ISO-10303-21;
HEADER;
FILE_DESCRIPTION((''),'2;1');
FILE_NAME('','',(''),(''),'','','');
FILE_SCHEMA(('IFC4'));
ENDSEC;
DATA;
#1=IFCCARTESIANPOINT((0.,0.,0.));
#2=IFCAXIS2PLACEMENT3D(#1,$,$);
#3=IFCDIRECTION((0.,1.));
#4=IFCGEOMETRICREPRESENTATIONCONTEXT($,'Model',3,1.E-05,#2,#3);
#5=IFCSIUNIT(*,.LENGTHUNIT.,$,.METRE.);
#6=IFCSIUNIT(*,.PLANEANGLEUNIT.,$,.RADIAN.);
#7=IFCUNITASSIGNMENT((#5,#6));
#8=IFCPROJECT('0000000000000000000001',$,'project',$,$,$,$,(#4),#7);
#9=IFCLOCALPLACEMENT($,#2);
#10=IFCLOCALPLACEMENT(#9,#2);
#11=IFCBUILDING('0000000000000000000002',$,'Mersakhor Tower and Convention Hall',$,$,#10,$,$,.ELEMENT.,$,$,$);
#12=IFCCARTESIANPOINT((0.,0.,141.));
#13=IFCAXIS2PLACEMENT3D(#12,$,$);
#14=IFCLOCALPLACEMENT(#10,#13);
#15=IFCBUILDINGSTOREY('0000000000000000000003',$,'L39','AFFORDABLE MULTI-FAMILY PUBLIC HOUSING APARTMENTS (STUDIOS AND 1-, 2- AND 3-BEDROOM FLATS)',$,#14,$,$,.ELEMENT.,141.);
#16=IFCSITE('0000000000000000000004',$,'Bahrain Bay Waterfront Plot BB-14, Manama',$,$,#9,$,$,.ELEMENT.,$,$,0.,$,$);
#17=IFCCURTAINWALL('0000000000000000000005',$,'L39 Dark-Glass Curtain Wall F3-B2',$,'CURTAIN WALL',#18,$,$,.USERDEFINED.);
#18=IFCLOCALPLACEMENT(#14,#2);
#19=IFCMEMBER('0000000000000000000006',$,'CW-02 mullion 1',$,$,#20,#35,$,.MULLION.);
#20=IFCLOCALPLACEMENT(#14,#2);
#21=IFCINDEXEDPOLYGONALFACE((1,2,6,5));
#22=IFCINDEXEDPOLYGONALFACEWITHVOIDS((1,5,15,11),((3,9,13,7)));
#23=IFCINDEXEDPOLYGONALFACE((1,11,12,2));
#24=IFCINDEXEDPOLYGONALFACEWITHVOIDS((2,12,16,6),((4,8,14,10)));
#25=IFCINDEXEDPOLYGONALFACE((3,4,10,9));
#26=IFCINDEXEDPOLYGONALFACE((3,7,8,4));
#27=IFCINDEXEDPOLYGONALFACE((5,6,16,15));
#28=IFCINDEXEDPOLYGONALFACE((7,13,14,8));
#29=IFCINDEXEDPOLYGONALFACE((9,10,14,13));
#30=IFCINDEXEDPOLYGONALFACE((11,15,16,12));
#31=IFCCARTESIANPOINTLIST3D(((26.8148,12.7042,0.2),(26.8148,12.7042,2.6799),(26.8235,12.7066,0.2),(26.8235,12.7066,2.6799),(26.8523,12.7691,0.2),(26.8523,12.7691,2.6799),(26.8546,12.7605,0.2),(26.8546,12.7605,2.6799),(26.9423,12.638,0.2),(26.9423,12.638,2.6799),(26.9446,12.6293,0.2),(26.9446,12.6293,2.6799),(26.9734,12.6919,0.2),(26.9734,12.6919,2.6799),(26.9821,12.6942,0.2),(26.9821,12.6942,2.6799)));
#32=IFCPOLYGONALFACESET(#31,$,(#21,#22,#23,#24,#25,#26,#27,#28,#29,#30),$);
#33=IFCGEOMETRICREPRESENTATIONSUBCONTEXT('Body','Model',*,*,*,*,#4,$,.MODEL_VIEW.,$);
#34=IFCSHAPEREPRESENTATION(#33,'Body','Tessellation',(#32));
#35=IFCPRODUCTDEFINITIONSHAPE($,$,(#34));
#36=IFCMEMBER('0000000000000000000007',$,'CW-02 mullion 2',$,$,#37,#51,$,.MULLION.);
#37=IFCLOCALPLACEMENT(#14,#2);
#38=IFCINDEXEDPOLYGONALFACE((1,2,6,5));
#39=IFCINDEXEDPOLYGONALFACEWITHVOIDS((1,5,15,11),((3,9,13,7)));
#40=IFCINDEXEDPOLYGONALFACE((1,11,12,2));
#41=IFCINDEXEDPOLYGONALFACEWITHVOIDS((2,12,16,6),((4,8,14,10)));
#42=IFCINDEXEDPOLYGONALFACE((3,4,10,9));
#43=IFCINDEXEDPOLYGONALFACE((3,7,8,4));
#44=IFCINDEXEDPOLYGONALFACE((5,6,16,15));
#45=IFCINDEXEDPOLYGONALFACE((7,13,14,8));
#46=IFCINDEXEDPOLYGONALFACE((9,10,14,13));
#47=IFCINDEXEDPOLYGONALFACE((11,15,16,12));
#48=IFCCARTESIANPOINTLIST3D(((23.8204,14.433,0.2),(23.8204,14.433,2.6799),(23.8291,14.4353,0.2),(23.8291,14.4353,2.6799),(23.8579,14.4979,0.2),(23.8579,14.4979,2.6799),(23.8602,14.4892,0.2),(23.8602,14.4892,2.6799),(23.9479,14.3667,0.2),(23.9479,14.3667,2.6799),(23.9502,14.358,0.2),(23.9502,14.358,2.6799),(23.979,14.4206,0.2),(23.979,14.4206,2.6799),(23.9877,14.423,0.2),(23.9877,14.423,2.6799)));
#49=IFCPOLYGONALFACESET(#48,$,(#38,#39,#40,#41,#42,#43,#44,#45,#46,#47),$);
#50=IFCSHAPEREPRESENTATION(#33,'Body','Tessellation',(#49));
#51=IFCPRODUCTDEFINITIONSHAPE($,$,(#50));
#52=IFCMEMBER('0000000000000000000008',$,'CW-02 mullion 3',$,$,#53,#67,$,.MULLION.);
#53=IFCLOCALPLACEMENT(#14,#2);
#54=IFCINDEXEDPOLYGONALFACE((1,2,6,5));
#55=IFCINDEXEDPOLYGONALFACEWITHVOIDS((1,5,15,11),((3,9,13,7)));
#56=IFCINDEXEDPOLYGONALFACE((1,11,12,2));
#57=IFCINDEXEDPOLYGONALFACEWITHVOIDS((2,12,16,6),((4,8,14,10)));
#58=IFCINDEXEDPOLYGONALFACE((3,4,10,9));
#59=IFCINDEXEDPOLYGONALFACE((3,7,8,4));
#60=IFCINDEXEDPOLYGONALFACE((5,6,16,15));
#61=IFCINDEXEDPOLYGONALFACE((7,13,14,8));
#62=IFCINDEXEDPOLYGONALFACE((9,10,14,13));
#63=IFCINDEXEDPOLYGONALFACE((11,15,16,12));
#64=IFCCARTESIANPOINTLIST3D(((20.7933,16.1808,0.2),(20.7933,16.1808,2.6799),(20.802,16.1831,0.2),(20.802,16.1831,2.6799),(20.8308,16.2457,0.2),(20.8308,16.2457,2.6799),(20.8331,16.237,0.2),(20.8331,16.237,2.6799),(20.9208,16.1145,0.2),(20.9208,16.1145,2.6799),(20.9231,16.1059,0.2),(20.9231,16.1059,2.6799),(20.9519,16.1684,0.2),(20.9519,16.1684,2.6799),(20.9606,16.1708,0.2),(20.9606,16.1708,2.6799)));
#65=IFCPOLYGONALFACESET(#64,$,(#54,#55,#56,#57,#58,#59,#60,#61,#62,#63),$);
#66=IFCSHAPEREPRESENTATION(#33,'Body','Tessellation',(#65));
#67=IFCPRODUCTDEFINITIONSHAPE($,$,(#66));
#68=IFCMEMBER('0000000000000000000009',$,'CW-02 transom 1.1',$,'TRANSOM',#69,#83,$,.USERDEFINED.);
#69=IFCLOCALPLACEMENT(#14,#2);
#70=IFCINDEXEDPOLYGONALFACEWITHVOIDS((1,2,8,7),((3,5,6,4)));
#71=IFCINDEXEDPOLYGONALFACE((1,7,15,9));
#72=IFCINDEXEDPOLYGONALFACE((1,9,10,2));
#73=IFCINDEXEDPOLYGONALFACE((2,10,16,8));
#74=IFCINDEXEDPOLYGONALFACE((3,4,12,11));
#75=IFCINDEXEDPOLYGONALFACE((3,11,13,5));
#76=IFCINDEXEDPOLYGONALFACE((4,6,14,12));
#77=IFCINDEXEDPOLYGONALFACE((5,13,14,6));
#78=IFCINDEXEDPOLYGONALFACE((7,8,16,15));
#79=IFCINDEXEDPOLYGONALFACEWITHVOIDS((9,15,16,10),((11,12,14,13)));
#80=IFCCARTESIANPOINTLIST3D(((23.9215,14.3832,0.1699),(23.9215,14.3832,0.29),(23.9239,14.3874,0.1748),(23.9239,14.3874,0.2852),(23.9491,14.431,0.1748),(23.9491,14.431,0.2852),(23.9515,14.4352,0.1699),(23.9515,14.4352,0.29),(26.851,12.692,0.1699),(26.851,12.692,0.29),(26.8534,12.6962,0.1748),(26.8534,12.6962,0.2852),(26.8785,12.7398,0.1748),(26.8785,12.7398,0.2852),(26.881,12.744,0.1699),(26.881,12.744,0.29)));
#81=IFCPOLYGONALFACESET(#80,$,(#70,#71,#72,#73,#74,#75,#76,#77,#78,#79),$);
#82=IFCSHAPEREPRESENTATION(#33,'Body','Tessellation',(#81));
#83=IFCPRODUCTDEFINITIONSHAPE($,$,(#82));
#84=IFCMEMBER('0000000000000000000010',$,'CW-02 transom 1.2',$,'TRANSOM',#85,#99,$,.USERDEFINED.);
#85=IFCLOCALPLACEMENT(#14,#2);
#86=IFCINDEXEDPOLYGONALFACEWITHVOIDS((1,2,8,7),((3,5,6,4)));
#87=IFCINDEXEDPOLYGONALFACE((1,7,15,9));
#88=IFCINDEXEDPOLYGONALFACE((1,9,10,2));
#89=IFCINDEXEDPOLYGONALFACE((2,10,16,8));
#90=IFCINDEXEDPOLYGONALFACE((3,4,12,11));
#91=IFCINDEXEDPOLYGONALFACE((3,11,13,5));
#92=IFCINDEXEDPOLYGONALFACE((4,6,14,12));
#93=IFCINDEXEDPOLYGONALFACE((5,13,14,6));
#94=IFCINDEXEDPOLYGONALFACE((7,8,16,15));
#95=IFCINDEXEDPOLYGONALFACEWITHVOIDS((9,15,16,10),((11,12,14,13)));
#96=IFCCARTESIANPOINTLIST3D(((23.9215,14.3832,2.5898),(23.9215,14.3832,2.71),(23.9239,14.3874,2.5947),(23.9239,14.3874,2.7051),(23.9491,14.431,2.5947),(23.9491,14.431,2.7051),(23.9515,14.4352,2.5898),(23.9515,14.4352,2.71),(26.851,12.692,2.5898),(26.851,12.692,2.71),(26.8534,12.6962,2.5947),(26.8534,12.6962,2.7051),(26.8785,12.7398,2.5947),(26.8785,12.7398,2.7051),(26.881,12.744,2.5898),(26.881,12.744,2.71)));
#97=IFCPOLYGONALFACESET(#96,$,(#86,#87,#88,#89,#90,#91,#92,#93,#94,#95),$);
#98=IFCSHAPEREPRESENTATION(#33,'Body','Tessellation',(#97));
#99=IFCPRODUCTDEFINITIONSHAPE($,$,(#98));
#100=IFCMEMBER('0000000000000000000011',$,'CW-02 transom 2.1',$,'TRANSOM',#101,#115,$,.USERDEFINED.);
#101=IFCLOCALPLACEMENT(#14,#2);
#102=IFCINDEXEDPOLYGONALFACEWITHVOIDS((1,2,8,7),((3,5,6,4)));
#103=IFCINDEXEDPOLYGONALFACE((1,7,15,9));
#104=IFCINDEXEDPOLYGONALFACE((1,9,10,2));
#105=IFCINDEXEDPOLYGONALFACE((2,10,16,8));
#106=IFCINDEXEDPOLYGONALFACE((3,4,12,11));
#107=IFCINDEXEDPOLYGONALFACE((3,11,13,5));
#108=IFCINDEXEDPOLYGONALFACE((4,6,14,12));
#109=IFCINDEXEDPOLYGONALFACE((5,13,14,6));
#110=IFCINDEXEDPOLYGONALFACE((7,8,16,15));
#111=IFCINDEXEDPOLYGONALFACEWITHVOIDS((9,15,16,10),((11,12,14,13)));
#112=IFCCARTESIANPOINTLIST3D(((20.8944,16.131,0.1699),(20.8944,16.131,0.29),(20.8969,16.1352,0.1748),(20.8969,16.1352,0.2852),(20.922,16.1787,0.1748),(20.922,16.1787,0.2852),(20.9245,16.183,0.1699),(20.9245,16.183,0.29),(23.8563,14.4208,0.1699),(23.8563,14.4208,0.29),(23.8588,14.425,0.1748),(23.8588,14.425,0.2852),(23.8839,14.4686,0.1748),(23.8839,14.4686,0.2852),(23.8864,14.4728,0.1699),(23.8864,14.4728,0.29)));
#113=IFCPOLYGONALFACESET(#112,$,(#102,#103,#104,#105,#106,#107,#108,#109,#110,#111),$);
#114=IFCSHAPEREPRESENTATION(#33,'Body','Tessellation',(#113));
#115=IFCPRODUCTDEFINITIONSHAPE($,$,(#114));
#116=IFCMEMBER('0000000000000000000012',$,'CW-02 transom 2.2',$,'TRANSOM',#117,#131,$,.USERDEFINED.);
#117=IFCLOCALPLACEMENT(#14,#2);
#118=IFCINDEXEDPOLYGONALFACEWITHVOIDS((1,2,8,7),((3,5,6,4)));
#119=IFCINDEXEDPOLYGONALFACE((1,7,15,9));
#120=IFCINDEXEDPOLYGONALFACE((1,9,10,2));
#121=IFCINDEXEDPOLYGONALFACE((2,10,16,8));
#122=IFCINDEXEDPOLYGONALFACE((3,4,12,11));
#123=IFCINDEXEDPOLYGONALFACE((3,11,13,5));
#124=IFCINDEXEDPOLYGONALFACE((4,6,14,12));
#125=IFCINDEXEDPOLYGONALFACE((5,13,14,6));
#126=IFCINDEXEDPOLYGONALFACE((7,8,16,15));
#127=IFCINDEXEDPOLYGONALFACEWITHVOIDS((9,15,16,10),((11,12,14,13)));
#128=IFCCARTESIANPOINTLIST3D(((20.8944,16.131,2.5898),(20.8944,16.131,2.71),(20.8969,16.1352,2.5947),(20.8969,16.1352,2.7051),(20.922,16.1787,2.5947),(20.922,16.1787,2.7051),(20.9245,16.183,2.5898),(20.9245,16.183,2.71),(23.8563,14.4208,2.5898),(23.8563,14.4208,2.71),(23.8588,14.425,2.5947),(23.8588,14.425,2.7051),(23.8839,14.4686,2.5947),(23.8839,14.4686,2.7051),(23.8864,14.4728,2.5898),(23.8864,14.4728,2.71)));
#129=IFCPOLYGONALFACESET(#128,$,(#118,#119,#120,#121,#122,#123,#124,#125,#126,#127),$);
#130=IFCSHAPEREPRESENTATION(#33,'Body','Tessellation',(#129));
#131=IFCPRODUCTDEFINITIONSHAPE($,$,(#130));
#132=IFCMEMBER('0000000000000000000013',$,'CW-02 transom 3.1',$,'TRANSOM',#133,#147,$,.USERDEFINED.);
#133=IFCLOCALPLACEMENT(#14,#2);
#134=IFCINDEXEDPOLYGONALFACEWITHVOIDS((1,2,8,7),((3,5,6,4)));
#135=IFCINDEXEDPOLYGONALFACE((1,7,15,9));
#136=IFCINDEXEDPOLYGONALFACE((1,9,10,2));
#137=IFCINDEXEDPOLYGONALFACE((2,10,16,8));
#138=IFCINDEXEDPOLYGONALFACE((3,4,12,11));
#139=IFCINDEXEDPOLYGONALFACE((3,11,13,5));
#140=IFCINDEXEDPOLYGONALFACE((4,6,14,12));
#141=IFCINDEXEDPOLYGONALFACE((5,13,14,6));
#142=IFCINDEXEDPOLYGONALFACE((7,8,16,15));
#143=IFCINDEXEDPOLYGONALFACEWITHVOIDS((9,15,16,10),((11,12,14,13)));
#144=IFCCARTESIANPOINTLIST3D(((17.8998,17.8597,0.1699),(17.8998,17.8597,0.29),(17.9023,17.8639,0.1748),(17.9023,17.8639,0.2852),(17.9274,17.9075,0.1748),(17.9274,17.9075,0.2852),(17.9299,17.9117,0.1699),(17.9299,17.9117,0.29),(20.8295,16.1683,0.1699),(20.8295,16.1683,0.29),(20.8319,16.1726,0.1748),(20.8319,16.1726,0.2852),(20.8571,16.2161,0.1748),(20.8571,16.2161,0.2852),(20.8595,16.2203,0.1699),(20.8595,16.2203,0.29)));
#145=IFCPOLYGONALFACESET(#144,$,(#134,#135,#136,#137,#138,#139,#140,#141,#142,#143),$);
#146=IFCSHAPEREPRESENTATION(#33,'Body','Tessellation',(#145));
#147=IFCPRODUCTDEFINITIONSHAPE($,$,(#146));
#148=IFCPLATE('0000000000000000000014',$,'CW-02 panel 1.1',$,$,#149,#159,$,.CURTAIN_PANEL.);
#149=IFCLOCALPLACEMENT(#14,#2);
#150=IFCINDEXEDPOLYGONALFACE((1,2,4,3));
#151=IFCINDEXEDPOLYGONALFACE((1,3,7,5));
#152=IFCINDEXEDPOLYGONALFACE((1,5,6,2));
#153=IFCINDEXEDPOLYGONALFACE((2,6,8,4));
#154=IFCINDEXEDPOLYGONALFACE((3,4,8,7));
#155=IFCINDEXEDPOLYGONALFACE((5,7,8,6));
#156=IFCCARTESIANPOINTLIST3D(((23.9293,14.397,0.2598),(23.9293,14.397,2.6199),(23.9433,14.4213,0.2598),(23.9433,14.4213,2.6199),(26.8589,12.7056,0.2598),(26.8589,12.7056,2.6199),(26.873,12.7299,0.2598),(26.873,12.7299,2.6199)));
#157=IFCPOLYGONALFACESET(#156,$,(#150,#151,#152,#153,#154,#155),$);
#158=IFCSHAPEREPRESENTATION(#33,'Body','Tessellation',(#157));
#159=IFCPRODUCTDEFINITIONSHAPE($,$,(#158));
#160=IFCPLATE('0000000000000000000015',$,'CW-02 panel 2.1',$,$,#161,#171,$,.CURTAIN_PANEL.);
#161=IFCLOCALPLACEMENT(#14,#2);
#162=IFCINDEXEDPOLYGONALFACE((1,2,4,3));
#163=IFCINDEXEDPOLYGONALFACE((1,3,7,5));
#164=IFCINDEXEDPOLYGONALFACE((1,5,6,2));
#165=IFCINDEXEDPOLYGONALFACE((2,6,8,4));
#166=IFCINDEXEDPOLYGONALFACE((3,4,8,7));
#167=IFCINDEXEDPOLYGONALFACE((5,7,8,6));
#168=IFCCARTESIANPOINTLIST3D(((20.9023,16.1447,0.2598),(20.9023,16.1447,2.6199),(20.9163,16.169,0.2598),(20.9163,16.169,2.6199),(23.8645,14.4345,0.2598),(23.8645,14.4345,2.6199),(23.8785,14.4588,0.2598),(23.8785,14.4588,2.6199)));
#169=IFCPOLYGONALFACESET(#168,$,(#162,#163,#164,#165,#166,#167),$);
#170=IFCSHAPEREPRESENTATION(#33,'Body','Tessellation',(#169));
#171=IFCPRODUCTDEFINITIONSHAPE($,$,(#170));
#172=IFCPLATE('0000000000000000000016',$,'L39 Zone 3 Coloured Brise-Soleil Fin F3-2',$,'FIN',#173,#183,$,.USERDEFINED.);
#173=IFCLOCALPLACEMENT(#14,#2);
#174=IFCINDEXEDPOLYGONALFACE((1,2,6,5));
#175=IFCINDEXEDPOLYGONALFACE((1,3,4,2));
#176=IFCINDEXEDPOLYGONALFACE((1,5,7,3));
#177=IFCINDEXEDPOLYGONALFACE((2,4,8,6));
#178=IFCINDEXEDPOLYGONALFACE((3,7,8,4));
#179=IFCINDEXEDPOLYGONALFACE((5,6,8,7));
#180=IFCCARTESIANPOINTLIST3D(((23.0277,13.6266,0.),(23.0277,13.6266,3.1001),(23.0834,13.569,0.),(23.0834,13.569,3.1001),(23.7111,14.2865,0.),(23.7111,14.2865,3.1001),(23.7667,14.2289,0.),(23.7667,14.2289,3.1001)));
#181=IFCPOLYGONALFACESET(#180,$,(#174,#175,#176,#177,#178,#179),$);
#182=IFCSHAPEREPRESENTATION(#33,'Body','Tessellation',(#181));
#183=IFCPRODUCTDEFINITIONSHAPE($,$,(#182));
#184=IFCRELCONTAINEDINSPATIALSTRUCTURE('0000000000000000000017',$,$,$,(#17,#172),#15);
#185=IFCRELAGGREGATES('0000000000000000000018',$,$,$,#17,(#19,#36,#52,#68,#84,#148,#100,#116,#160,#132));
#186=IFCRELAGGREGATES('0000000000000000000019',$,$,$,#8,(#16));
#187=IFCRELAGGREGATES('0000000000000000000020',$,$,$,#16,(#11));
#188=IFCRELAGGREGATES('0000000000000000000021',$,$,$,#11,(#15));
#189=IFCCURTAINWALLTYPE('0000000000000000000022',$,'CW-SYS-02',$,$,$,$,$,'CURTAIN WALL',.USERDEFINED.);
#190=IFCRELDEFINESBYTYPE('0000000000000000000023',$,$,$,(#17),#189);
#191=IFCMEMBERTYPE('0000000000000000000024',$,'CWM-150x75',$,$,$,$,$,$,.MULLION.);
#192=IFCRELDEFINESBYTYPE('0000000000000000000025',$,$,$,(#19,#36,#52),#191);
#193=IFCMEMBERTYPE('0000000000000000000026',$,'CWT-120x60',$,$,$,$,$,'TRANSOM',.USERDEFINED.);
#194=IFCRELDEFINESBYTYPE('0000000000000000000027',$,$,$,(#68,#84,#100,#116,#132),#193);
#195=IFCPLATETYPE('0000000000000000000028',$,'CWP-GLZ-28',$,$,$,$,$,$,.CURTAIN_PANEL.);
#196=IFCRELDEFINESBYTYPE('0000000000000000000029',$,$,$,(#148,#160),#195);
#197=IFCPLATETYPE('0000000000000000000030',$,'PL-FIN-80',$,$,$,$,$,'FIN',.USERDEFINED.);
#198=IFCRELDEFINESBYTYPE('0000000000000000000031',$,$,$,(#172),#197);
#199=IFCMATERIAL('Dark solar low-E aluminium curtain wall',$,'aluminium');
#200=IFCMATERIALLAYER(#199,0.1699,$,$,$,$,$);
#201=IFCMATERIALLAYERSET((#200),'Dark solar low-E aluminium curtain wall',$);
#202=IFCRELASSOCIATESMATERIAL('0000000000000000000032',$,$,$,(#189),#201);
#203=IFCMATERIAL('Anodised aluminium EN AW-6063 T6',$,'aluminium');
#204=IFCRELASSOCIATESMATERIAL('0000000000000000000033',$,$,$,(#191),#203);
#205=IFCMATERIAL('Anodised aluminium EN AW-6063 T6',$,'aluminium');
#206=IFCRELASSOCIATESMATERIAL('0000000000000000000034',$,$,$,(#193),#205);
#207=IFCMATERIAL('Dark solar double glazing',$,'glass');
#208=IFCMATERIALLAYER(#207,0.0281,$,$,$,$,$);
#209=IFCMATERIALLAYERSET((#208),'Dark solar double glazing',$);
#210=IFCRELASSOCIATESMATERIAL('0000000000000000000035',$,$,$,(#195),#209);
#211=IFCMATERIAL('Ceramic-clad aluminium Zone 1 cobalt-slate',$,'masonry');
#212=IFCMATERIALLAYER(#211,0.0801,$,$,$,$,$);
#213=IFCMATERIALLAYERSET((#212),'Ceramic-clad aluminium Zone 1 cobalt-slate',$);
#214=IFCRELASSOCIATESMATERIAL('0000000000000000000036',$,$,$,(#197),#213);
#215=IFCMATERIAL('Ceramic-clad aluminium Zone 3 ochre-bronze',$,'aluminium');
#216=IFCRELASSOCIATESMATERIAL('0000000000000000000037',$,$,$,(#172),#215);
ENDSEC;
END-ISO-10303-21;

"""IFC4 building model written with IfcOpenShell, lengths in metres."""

from ifc_helpers import new_model, si_unit, direction, frame, origin, origin_2d, place, context, subcontext, project, spatial, rectangle, hollow_rectangle, extrude, material, layer, layer_set, material_profile, profile_set, type_object, element, aggregate, save


model = new_model("IFC4")

# Units and contexts
model_context = context("Model", 3, precision=1e-05, world=origin(), true_north=direction((0.0, 1.0)))
body_context = subcontext(model_context, "Body", "Model", "MODEL_VIEW")
ifc_project = project(units=[si_unit("LENGTHUNIT", "METRE"), si_unit("PLANEANGLEUNIT", "RADIAN")], contexts=[model_context])

# Site, building, storey
site_placement = place(None, origin())
site = spatial("IfcSite", under=ifc_project, at=site_placement, Name="Bahrain Bay Waterfront Plot BB-14, Manama", CompositionType="ELEMENT", RefElevation=0.0)
building_placement = place(site_placement, origin())
building = spatial("IfcBuilding", under=site, at=building_placement, Name="Mersakhor Tower and Convention Hall", CompositionType="ELEMENT")
storey_placement = place(building_placement, frame((0.0, 0.0, 141.0)))
storey = spatial("IfcBuildingStorey", under=building, at=storey_placement, Name="L39", Description="AFFORDABLE MULTI-FAMILY PUBLIC HOUSING APARTMENTS (STUDIOS AND 1-, 2- AND 3-BEDROOM FLATS)", CompositionType="ELEMENT", Elevation=141.0)

# Curtain wall, members, plates
ifc_material_1 = material(Name="Dark solar low-E aluminium curtain wall", Category="aluminium")
ifc_layer_1 = layer(ifc_material_1, 0.1699)
ifc_layer_set_1 = layer_set([ifc_layer_1], Name="Dark solar low-E aluminium curtain wall")
curtain_wall_type = type_object("IfcCurtainWallType", Name="CW-SYS-02", ElementType="CURTAIN WALL", PredefinedType="USERDEFINED", material=ifc_layer_set_1)
curtain_wall_placement = place(storey_placement, origin())
curtain_wall = element("IfcCurtainWall", 1, at=curtain_wall_placement, inside=storey, type_object=curtain_wall_type, Name="L39 Dark-Glass Curtain Wall F3-B2", ObjectType="CURTAIN WALL", PredefinedType="USERDEFINED")
ifc_material_2 = material(Name="Anodised aluminium EN AW-6063 T6", Category="aluminium")
ifc_material_profile_1 = material_profile(ifc_material_2, hollow_rectangle(XDim=0.075, YDim=0.1499, WallThickness=0.0063, at=origin_2d()), Name="RHS 150x75x6.3")
ifc_profile_set_1 = profile_set([ifc_material_profile_1], Name="Anodised aluminium EN AW-6063 T6")
member_type_1 = type_object("IfcMemberType", Name="CWM-150x75", PredefinedType="MULLION", material=ifc_profile_set_1)
member_1_placement = place(storey_placement, frame((26.8984, 12.6992, 0.2), z_axis=(0.0, 0.0, 1.0), x_axis=(-0.49999, -0.866031, 0.0)))
member_1 = element("IfcMember", 2, at=member_1_placement, type_object=member_type_1, Name="CW-02 mullion 1", PredefinedType="MULLION", context=body_context, shape_type="SweptSolid", body=[
    extrude(hollow_rectangle(XDim=0.075, YDim=0.1499, WallThickness=0.0063, at=origin_2d()), origin(), (0.0, 0.0, 1.0), 2.48),
])
member_2_placement = place(storey_placement, frame((23.9041, 14.428, 0.2), z_axis=(0.0, 0.0, 1.0), x_axis=(-0.49999, -0.866031, 0.0)))
member_2 = element("IfcMember", 3, at=member_2_placement, type_object=member_type_1, Name="CW-02 mullion 2", PredefinedType="MULLION", context=body_context, shape_type="SweptSolid", body=[
    extrude(hollow_rectangle(XDim=0.075, YDim=0.1499, WallThickness=0.0063, at=origin_2d()), origin(), (0.0, 0.0, 1.0), 2.48),
])
member_3_placement = place(storey_placement, frame((20.877, 16.1758, 0.2), z_axis=(0.0, 0.0, 1.0), x_axis=(-0.49999, -0.866031, 0.0)))
member_3 = element("IfcMember", 4, at=member_3_placement, type_object=member_type_1, Name="CW-02 mullion 3", PredefinedType="MULLION", context=body_context, shape_type="SweptSolid", body=[
    extrude(hollow_rectangle(XDim=0.075, YDim=0.1499, WallThickness=0.0063, at=origin_2d()), origin(), (0.0, 0.0, 1.0), 2.48),
])
ifc_material_3 = material(Name="Anodised aluminium EN AW-6063 T6", Category="aluminium")
ifc_material_profile_2 = material_profile(ifc_material_3, hollow_rectangle(XDim=0.0601, YDim=0.1201, WallThickness=0.0049, at=origin_2d()), Name="RHS 120x60x5")
ifc_profile_set_2 = profile_set([ifc_material_profile_2], Name="Anodised aluminium EN AW-6063 T6")
member_type_2 = type_object("IfcMemberType", Name="CWT-120x60", ElementType="TRANSOM", PredefinedType="USERDEFINED", material=ifc_profile_set_2)
member_4_placement = place(storey_placement, frame((26.866, 12.718, 0.23), z_axis=(-0.866045, 0.499966, 0.0), x_axis=(-0.499966, -0.866045, 0.0)))
member_4 = element("IfcMember", 5, at=member_4_placement, type_object=member_type_2, Name="CW-02 transom 1.1", ObjectType="TRANSOM", PredefinedType="USERDEFINED", context=body_context, shape_type="SweptSolid", body=[
    extrude(hollow_rectangle(XDim=0.0601, YDim=0.1201, WallThickness=0.0049, at=origin_2d()), origin(), (0.0, 0.0, 1.0), 3.3826),
])
member_5_placement = place(storey_placement, frame((26.866, 12.718, 2.6499), z_axis=(-0.866045, 0.499966, 0.0), x_axis=(-0.499966, -0.866045, 0.0)))
member_5 = element("IfcMember", 6, at=member_5_placement, type_object=member_type_2, Name="CW-02 transom 1.2", ObjectType="TRANSOM", PredefinedType="USERDEFINED", context=body_context, shape_type="SweptSolid", body=[
    extrude(hollow_rectangle(XDim=0.0601, YDim=0.1201, WallThickness=0.0049, at=origin_2d()), origin(), (0.0, 0.0, 1.0), 3.3826),
])
member_6_placement = place(storey_placement, frame((23.8713, 14.4468, 0.23), z_axis=(-0.866007, 0.500031, 0.0), x_axis=(-0.500031, -0.866007, 0.0)))
member_6 = element("IfcMember", 7, at=member_6_placement, type_object=member_type_2, Name="CW-02 transom 2.1", ObjectType="TRANSOM", PredefinedType="USERDEFINED", context=body_context, shape_type="SweptSolid", body=[
    extrude(hollow_rectangle(XDim=0.0601, YDim=0.1201, WallThickness=0.0049, at=origin_2d()), origin(), (0.0, 0.0, 1.0), 3.4202),
])
member_7_placement = place(storey_placement, frame((23.8713, 14.4468, 2.6499), z_axis=(-0.866007, 0.500031, 0.0), x_axis=(-0.500031, -0.866007, 0.0)))
member_7 = element("IfcMember", 8, at=member_7_placement, type_object=member_type_2, Name="CW-02 transom 2.2", ObjectType="TRANSOM", PredefinedType="USERDEFINED", context=body_context, shape_type="SweptSolid", body=[
    extrude(hollow_rectangle(XDim=0.0601, YDim=0.1201, WallThickness=0.0049, at=origin_2d()), origin(), (0.0, 0.0, 1.0), 3.4202),
])
member_8_placement = place(storey_placement, frame((20.8445, 16.1943, 0.23), z_axis=(-0.866032, 0.499989, 0.0), x_axis=(-0.499989, -0.866032, 0.0)))
member_8 = element("IfcMember", 9, at=member_8_placement, type_object=member_type_2, Name="CW-02 transom 3.1", ObjectType="TRANSOM", PredefinedType="USERDEFINED", context=body_context, shape_type="SweptSolid", body=[
    extrude(hollow_rectangle(XDim=0.0601, YDim=0.1201, WallThickness=0.0049, at=origin_2d()), origin(), (0.0, 0.0, 1.0), 3.3828),
])
ifc_material_4 = material(Name="Dark solar double glazing", Category="glass")
ifc_layer_2 = layer(ifc_material_4, 0.0281)
ifc_layer_set_2 = layer_set([ifc_layer_2], Name="Dark solar double glazing")
plate_type_1 = type_object("IfcPlateType", Name="CWP-GLZ-28", PredefinedType="CURTAIN_PANEL", material=ifc_layer_set_2)
plate_1_placement = place(storey_placement, frame((25.4011, 13.5635, 0.2598), z_axis=(0.0, 0.0, 1.0), x_axis=(-0.866031, 0.49999, 0.0)))
plate_1 = element("IfcPlate", 10, at=plate_1_placement, type_object=plate_type_1, Name="CW-02 panel 1.1", PredefinedType="CURTAIN_PANEL", context=body_context, shape_type="SweptSolid", body=[
    extrude(rectangle(XDim=3.3828, YDim=0.0281, at=origin_2d()), origin(), (0.0, 0.0, 1.0), 2.3601),
])
plate_2_placement = place(storey_placement, frame((22.3904, 15.3018, 0.2598), z_axis=(0.0, 0.0, 1.0), x_axis=(-0.866031, 0.49999, 0.0)))
plate_2 = element("IfcPlate", 11, at=plate_2_placement, type_object=plate_type_1, Name="CW-02 panel 2.1", PredefinedType="CURTAIN_PANEL", context=body_context, shape_type="SweptSolid", body=[
    extrude(rectangle(XDim=3.4204, YDim=0.0281, at=origin_2d()), origin(), (0.0, 0.0, 1.0), 2.3601),
])
aggregate(curtain_wall, [member_1, member_2, member_3, member_4, member_5, plate_1, member_6, member_7, plate_2, member_8])

# Plate
ifc_material_5 = material(Name="Ceramic-clad aluminium Zone 3 ochre-bronze", Category="aluminium")
ifc_material_6 = material(Name="Ceramic-clad aluminium Zone 1 cobalt-slate", Category="masonry")
ifc_layer_3 = layer(ifc_material_6, 0.0801)
ifc_layer_set_3 = layer_set([ifc_layer_3], Name="Ceramic-clad aluminium Zone 1 cobalt-slate")
plate_type_2 = type_object("IfcPlateType", Name="PL-FIN-80", ElementType="FIN", PredefinedType="USERDEFINED", material=ifc_layer_set_3)
plate_3_placement = place(storey_placement, frame((23.3972, 13.9277, 0.0), z_axis=(0.0, 0.0, 1.0), x_axis=(-0.71934, -0.694658, 0.0)))
element("IfcPlate", 12, at=plate_3_placement, inside=storey, type_object=plate_type_2, material=ifc_material_5, Name="L39 Zone 3 Coloured Brise-Soleil Fin F3-2", ObjectType="FIN", PredefinedType="USERDEFINED", context=body_context, shape_type="SweptSolid", body=[
    extrude(rectangle(XDim=0.95, YDim=0.0801, at=origin_2d()), origin(), (0.0, 0.0, 1.0), 3.1001),
])

save(model, "model.ifc")
